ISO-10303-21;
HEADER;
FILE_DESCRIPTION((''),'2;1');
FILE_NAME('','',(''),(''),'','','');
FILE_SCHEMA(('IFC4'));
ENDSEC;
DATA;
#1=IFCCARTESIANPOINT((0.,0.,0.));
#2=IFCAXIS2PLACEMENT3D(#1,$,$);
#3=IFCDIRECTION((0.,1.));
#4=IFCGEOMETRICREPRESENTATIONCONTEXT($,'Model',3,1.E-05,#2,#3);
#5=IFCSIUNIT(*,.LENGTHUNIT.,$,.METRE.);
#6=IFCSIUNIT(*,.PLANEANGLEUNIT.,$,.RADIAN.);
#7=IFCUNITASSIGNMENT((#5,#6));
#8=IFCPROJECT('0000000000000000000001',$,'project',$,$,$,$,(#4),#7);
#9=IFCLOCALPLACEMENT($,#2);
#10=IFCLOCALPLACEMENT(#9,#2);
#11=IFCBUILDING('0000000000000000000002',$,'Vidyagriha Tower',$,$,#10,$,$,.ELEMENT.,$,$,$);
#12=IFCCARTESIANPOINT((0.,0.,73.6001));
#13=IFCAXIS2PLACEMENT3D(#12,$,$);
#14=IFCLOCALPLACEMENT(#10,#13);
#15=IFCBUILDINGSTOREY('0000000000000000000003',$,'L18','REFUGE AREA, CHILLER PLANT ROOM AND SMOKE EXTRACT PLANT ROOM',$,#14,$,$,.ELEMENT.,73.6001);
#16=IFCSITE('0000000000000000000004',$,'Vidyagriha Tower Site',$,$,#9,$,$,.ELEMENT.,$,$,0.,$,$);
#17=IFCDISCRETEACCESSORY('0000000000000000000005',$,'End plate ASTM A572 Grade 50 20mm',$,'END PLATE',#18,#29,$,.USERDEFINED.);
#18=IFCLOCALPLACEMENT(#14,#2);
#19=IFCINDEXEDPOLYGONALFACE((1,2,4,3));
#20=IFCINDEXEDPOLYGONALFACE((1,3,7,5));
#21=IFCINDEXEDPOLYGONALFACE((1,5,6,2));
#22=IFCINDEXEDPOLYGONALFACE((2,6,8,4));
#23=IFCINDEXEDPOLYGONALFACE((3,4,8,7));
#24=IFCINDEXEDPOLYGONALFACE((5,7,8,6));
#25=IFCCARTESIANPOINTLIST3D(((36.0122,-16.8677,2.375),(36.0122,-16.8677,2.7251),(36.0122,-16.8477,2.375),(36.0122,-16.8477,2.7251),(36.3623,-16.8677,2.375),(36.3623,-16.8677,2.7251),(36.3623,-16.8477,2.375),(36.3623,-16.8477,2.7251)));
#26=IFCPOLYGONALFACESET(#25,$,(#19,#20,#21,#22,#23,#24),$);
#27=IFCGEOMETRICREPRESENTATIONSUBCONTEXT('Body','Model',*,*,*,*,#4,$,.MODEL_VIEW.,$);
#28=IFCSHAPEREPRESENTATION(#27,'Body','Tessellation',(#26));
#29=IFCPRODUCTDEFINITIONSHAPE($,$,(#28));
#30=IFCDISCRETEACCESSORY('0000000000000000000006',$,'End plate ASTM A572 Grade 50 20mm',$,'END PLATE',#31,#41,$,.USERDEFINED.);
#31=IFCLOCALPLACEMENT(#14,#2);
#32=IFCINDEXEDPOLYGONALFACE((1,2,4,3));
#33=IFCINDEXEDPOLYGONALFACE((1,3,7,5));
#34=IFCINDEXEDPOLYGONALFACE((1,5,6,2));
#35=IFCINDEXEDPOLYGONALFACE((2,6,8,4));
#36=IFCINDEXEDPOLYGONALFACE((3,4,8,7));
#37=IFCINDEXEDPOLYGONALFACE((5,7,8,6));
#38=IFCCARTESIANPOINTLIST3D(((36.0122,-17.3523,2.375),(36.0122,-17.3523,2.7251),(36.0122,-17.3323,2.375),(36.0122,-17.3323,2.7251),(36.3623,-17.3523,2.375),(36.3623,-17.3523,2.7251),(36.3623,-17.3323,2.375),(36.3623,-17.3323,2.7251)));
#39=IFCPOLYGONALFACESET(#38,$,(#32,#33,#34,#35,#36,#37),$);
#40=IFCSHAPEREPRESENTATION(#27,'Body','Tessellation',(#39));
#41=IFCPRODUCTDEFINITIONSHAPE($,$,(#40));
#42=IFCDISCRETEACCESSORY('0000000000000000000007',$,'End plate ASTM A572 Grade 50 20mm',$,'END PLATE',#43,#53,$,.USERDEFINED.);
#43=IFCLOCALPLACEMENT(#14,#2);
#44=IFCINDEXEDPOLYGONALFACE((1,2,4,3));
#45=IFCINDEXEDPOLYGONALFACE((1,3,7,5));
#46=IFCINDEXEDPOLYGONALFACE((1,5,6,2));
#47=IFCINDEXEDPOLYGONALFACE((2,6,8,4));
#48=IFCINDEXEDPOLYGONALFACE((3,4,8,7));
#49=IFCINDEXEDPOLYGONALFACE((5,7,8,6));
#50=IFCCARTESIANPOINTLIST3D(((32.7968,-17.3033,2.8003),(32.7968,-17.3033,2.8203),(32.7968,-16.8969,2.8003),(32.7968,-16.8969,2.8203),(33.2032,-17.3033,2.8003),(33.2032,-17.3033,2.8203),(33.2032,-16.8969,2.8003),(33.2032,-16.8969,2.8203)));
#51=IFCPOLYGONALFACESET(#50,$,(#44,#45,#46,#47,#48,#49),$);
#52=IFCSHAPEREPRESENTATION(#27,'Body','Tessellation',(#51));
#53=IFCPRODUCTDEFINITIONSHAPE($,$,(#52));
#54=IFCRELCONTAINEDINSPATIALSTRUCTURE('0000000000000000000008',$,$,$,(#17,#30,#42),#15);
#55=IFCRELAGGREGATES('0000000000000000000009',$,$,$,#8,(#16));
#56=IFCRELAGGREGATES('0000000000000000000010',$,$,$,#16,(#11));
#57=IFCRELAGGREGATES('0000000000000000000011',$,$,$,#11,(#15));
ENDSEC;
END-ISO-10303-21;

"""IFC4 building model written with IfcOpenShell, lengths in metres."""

from ifc_helpers import new_model, si_unit, direction, frame, origin, origin_2d, place, context, subcontext, project, spatial, rectangle, extrude, element, save


model = new_model("IFC4")

# Units and contexts
model_context = context("Model", 3, precision=1e-05, world=origin(), true_north=direction((0.0, 1.0)))
body_context = subcontext(model_context, "Body", "Model", "MODEL_VIEW")
ifc_project = project(units=[si_unit("LENGTHUNIT", "METRE"), si_unit("PLANEANGLEUNIT", "RADIAN")], contexts=[model_context])

# Site, building, storey
site_placement = place(None, origin())
site = spatial("IfcSite", under=ifc_project, at=site_placement, Name="Vidyagriha Tower Site", CompositionType="ELEMENT", RefElevation=0.0)
building_placement = place(site_placement, origin())
building = spatial("IfcBuilding", under=site, at=building_placement, Name="Vidyagriha Tower", CompositionType="ELEMENT")
storey_placement = place(building_placement, frame((0.0, 0.0, 73.6001)))
storey = spatial("IfcBuildingStorey", under=building, at=storey_placement, Name="L18", Description="REFUGE AREA, CHILLER PLANT ROOM AND SMOKE EXTRACT PLANT ROOM", CompositionType="ELEMENT", Elevation=73.6001)

# Discrete accessories
for number, where, name in (
    (1, (36.1873, -16.8577, 2.375), "End plate ASTM A572 Grade 50 20mm"),
    (2, (36.1873, -17.3423, 2.375), "End plate ASTM A572 Grade 50 20mm"),
):
    element("IfcDiscreteAccessory", number, at=place(storey_placement, frame(where)), inside=storey, Name=name, ObjectType="END PLATE", PredefinedType="USERDEFINED", context=body_context, shape_type="SweptSolid", body=[
        extrude(rectangle(XDim=0.3501, YDim=0.02, at=origin_2d()), origin(), (0.0, 0.0, 1.0), 0.3501),
    ])
discrete_accessory_1_placement = place(storey_placement, frame((33.0, -17.1001, 2.8003)))
element("IfcDiscreteAccessory", 3, at=discrete_accessory_1_placement, inside=storey, Name="End plate ASTM A572 Grade 50 20mm", ObjectType="END PLATE", PredefinedType="USERDEFINED", context=body_context, shape_type="SweptSolid", body=[
    extrude(rectangle(XDim=0.4065, YDim=0.4065, at=origin_2d()), origin(), (0.0, 0.0, 1.0), 0.02),
])

save(model, "model.ifc")
